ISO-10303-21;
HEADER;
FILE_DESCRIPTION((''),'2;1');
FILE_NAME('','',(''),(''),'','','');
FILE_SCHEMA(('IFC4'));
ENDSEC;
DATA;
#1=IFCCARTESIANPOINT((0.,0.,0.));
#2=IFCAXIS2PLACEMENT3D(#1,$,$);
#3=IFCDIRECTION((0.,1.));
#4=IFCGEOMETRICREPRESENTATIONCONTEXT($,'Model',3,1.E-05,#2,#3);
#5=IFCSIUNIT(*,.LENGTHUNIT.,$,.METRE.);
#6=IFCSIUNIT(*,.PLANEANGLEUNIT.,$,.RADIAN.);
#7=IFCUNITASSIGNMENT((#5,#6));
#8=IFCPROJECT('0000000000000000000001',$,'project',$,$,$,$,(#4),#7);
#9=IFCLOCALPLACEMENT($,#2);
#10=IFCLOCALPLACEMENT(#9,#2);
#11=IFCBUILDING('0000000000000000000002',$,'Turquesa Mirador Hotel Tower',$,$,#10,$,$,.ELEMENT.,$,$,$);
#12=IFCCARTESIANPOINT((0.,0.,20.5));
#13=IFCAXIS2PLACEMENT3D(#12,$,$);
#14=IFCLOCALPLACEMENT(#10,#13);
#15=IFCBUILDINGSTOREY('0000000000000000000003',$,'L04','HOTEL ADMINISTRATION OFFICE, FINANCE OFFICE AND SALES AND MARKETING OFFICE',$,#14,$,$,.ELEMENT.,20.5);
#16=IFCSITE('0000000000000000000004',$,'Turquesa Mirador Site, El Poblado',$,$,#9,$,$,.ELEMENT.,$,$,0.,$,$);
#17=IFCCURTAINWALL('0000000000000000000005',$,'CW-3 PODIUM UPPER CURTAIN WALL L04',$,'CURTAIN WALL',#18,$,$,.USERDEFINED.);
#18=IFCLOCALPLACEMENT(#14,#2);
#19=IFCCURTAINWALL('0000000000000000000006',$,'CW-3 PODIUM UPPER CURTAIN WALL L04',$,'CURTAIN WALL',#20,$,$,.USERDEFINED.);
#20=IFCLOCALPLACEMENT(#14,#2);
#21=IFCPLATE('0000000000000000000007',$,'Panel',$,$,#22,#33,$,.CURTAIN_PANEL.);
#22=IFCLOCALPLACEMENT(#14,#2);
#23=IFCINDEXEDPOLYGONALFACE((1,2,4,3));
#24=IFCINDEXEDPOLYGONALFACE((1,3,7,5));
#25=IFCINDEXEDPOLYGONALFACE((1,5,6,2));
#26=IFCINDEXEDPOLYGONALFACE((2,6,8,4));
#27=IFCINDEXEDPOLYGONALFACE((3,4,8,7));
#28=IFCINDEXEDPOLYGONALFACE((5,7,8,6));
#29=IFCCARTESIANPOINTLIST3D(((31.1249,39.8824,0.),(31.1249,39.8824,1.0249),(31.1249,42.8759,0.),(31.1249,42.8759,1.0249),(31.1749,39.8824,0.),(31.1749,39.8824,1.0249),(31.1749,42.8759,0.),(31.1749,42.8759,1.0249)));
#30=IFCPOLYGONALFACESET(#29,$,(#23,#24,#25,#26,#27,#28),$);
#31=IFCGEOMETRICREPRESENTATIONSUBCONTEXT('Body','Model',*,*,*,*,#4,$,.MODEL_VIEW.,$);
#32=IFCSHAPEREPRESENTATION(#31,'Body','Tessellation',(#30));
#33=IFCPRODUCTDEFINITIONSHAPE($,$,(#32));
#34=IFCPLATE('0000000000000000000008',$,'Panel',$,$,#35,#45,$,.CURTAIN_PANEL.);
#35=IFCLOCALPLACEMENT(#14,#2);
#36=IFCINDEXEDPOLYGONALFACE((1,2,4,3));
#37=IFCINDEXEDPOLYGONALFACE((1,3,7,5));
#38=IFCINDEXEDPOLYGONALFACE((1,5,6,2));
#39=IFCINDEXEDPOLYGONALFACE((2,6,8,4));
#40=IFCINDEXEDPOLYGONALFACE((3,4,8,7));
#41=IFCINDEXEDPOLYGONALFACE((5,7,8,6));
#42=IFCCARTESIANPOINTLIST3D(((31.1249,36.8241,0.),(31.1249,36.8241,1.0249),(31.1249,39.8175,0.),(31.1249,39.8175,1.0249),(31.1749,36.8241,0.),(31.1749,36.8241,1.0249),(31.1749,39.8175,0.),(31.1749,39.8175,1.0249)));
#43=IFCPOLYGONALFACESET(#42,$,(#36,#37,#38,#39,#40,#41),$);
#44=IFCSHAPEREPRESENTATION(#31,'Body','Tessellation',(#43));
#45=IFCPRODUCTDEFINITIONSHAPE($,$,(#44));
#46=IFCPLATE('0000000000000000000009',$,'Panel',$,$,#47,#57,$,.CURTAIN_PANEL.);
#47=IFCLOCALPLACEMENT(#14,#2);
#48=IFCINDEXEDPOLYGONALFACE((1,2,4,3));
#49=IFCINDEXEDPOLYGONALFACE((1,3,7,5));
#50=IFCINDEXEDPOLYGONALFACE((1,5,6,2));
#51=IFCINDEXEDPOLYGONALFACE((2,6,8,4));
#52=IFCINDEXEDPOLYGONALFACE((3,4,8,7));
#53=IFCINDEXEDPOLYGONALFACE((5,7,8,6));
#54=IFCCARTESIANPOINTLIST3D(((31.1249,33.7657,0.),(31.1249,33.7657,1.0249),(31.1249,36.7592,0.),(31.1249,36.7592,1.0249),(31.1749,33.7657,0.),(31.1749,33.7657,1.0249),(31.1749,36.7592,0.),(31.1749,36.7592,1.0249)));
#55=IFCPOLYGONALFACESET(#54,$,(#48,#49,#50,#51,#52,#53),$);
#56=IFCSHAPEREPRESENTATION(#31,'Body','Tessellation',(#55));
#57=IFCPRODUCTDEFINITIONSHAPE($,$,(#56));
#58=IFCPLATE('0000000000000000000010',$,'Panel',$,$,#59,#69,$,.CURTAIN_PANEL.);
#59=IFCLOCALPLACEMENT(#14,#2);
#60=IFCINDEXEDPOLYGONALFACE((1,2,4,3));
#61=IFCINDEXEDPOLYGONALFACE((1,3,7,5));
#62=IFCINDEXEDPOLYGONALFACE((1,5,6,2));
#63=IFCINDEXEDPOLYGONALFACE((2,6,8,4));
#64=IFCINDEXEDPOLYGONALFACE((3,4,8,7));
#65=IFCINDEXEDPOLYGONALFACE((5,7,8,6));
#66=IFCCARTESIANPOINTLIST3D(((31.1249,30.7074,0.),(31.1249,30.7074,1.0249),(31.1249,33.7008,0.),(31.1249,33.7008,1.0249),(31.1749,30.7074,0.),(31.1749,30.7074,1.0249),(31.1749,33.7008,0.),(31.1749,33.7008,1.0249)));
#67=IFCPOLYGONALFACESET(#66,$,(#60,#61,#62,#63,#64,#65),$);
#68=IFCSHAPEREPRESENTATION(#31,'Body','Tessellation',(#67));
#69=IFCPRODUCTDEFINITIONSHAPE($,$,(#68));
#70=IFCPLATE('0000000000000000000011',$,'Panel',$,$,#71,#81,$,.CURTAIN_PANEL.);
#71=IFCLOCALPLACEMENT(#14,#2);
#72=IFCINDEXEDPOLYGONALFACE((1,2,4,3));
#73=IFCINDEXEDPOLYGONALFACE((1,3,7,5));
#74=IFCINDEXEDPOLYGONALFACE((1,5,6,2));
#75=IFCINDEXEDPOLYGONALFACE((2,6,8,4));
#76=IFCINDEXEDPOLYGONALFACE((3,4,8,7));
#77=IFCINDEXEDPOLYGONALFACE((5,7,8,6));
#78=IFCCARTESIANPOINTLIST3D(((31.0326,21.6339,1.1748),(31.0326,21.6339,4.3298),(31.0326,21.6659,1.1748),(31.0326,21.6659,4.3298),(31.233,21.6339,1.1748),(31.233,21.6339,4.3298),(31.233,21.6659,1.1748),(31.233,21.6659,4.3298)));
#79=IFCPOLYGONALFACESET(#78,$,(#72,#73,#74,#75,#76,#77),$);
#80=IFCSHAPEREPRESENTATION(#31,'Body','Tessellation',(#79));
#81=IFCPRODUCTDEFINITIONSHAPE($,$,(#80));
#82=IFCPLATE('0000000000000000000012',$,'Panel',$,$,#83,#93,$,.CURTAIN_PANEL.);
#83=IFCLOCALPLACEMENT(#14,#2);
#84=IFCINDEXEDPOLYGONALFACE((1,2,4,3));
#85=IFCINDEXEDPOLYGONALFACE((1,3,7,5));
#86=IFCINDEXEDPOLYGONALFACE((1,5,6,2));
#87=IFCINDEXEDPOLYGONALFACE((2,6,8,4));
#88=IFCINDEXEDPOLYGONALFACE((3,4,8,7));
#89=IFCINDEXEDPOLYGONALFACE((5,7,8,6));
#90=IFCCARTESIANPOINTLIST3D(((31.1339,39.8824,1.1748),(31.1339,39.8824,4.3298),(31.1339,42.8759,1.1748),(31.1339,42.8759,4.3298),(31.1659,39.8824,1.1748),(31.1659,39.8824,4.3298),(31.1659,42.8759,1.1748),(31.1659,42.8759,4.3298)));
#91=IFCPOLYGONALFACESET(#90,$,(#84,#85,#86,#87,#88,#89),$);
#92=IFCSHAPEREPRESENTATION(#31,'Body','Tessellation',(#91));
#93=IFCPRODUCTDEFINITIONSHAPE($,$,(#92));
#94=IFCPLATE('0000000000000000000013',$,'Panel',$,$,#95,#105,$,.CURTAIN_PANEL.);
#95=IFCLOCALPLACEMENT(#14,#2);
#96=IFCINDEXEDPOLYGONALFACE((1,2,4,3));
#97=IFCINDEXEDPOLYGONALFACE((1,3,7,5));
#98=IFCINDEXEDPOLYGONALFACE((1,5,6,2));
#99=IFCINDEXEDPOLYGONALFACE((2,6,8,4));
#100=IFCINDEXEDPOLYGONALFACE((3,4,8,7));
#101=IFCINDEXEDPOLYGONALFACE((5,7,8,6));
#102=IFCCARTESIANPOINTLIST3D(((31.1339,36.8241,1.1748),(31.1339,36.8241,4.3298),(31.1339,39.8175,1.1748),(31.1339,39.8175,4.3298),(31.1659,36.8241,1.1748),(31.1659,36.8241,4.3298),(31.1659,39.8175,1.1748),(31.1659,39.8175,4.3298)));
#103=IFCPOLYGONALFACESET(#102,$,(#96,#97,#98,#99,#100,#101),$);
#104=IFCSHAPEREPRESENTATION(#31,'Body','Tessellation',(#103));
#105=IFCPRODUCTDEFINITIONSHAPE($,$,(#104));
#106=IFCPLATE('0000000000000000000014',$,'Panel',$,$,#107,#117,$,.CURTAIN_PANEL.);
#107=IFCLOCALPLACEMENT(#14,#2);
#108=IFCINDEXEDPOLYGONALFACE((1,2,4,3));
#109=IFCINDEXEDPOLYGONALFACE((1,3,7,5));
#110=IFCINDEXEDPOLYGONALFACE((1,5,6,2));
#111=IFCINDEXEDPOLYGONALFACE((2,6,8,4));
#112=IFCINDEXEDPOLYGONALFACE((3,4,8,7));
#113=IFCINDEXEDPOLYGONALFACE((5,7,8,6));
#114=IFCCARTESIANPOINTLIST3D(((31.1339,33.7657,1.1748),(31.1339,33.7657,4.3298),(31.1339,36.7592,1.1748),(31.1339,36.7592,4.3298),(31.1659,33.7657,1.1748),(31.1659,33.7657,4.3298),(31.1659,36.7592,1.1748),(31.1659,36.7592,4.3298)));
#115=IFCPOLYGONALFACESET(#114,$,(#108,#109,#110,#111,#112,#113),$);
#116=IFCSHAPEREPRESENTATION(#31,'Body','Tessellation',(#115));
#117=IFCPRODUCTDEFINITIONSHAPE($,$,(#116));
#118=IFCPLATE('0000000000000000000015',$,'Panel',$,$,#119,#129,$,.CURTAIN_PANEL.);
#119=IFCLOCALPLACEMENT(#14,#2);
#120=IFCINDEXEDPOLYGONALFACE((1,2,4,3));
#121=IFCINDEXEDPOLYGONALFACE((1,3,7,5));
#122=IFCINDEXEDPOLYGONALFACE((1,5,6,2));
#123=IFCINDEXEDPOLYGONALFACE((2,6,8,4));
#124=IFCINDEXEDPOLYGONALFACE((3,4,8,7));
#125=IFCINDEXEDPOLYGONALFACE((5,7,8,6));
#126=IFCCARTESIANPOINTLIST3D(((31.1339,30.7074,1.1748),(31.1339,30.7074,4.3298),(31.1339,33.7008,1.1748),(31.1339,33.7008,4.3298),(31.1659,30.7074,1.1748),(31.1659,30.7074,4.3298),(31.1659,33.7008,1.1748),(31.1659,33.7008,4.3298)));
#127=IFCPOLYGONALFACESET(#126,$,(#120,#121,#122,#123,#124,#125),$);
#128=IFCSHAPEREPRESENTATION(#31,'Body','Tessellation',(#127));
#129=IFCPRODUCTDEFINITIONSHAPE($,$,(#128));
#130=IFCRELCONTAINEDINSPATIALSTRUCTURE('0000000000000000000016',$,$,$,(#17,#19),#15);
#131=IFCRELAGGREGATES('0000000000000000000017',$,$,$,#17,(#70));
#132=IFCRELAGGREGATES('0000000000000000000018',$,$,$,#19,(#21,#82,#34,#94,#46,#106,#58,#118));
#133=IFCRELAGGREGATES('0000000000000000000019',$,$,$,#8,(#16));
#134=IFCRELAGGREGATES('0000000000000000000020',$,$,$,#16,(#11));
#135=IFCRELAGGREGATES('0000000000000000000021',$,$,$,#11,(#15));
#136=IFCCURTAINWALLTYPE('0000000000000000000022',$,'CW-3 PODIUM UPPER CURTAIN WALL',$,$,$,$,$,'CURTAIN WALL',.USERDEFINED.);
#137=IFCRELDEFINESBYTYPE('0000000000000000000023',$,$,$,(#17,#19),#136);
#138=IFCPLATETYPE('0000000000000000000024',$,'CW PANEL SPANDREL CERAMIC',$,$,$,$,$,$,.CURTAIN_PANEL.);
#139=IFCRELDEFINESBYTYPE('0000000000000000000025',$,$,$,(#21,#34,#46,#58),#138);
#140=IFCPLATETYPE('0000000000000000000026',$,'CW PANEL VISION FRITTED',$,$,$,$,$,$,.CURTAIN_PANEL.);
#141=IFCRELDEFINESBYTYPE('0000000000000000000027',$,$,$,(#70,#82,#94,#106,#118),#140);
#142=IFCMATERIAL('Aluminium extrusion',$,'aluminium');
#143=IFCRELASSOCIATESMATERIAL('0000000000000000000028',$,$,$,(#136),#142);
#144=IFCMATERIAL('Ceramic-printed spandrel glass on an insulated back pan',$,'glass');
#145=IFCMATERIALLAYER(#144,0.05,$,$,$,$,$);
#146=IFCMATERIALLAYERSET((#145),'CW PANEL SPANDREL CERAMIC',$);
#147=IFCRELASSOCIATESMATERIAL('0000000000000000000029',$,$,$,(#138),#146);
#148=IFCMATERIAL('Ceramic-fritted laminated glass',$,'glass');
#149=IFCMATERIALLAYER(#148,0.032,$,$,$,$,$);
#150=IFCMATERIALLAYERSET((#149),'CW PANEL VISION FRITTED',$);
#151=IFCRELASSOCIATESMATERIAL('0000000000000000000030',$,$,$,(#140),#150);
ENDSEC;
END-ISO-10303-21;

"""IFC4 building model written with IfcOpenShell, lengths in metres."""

from ifc_helpers import new_model, si_unit, direction, frame, origin, origin_2d, place, context, subcontext, project, spatial, rectangle, extrude, material, layer, layer_set, type_object, element, aggregate, save


model = new_model("IFC4")

# Units and contexts
model_context = context("Model", 3, precision=1e-05, world=origin(), true_north=direction((0.0, 1.0)))
body_context = subcontext(model_context, "Body", "Model", "MODEL_VIEW")
ifc_project = project(units=[si_unit("LENGTHUNIT", "METRE"), si_unit("PLANEANGLEUNIT", "RADIAN")], contexts=[model_context])

# Site, building, storey
site_placement = place(None, origin())
site = spatial("IfcSite", under=ifc_project, at=site_placement, Name="Turquesa Mirador Site, El Poblado", CompositionType="ELEMENT", RefElevation=0.0)
building_placement = place(site_placement, origin())
building = spatial("IfcBuilding", under=site, at=building_placement, Name="Turquesa Mirador Hotel Tower", CompositionType="ELEMENT")
storey_placement = place(building_placement, frame((0.0, 0.0, 20.5)))
storey = spatial("IfcBuildingStorey", under=building, at=storey_placement, Name="L04", Description="HOTEL ADMINISTRATION OFFICE, FINANCE OFFICE AND SALES AND MARKETING OFFICE", CompositionType="ELEMENT", Elevation=20.5)

# Curtain walls
ifc_material_1 = material(Name="Aluminium extrusion", Category="aluminium")
curtain_wall_type = type_object("IfcCurtainWallType", Name="CW-3 PODIUM UPPER CURTAIN WALL", ElementType="CURTAIN WALL", PredefinedType="USERDEFINED", material=ifc_material_1)
curtain_wall_1_placement = place(storey_placement, origin())
curtain_wall_1 = element("IfcCurtainWall", 1, at=curtain_wall_1_placement, inside=storey, type_object=curtain_wall_type, Name="CW-3 PODIUM UPPER CURTAIN WALL L04", ObjectType="CURTAIN WALL", PredefinedType="USERDEFINED")
curtain_wall_2_placement = place(storey_placement, origin())
curtain_wall_2 = element("IfcCurtainWall", 2, at=curtain_wall_2_placement, inside=storey, type_object=curtain_wall_type, Name="CW-3 PODIUM UPPER CURTAIN WALL L04", ObjectType="CURTAIN WALL", PredefinedType="USERDEFINED")

# Plates
ifc_material_2 = material(Name="Ceramic-printed spandrel glass on an insulated back pan", Category="glass")
ifc_layer_1 = layer(ifc_material_2, 0.05)
ifc_layer_set_1 = layer_set([ifc_layer_1], Name="CW PANEL SPANDREL CERAMIC")
plate_type_1 = type_object("IfcPlateType", Name="CW PANEL SPANDREL CERAMIC", PredefinedType="CURTAIN_PANEL", material=ifc_layer_set_1)
plate_1_placement = place(storey_placement, frame((31.1499, 41.3792, 0.0), z_axis=(0.0, 0.0, 1.0), x_axis=(0.0, -1.0, 0.0)))
plate_1 = element("IfcPlate", 3, at=plate_1_placement, type_object=plate_type_1, Name="Panel", PredefinedType="CURTAIN_PANEL", context=body_context, shape_type="SweptSolid", body=[
    extrude(rectangle(XDim=2.9934, YDim=0.05, at=origin_2d()), origin(), (0.0, 0.0, 1.0), 1.0249),
])
plate_2_placement = place(storey_placement, frame((31.1499, 38.3208, 0.0), z_axis=(0.0, 0.0, 1.0), x_axis=(0.0, -1.0, 0.0)))
plate_2 = element("IfcPlate", 4, at=plate_2_placement, type_object=plate_type_1, Name="Panel", PredefinedType="CURTAIN_PANEL", context=body_context, shape_type="SweptSolid", body=[
    extrude(rectangle(XDim=2.9934, YDim=0.05, at=origin_2d()), origin(), (0.0, 0.0, 1.0), 1.0249),
])
plate_3_placement = place(storey_placement, frame((31.1499, 35.2625, 0.0), z_axis=(0.0, 0.0, 1.0), x_axis=(0.0, -1.0, 0.0)))
plate_3 = element("IfcPlate", 5, at=plate_3_placement, type_object=plate_type_1, Name="Panel", PredefinedType="CURTAIN_PANEL", context=body_context, shape_type="SweptSolid", body=[
    extrude(rectangle(XDim=2.9934, YDim=0.05, at=origin_2d()), origin(), (0.0, 0.0, 1.0), 1.0249),
])
plate_4_placement = place(storey_placement, frame((31.1499, 32.2041, 0.0), z_axis=(0.0, 0.0, 1.0), x_axis=(0.0, -1.0, 0.0)))
plate_4 = element("IfcPlate", 6, at=plate_4_placement, type_object=plate_type_1, Name="Panel", PredefinedType="CURTAIN_PANEL", context=body_context, shape_type="SweptSolid", body=[
    extrude(rectangle(XDim=2.9934, YDim=0.05, at=origin_2d()), origin(), (0.0, 0.0, 1.0), 1.0249),
])
ifc_material_3 = material(Name="Ceramic-fritted laminated glass", Category="glass")
ifc_layer_2 = layer(ifc_material_3, 0.032)
ifc_layer_set_2 = layer_set([ifc_layer_2], Name="CW PANEL VISION FRITTED")
plate_type_2 = type_object("IfcPlateType", Name="CW PANEL VISION FRITTED", PredefinedType="CURTAIN_PANEL", material=ifc_layer_set_2)
plate_5_placement = place(storey_placement, frame((31.1328, 21.6499, 1.1748), z_axis=(0.0, 0.0, 1.0), x_axis=(1.0, 0.0, 0.0)))
plate_5 = element("IfcPlate", 7, at=plate_5_placement, type_object=plate_type_2, Name="Panel", PredefinedType="CURTAIN_PANEL", context=body_context, shape_type="SweptSolid", body=[
    extrude(rectangle(XDim=0.2004, YDim=0.032, at=origin_2d()), origin(), (0.0, 0.0, 1.0), 3.155),
])
aggregate(curtain_wall_1, [plate_5])
plate_6_placement = place(storey_placement, frame((31.1499, 41.3792, 1.1748), z_axis=(0.0, 0.0, 1.0), x_axis=(0.0, -1.0, 0.0)))
plate_6 = element("IfcPlate", 8, at=plate_6_placement, type_object=plate_type_2, Name="Panel", PredefinedType="CURTAIN_PANEL", context=body_context, shape_type="SweptSolid", body=[
    extrude(rectangle(XDim=2.9934, YDim=0.032, at=origin_2d()), origin(), (0.0, 0.0, 1.0), 3.155),
])
plate_7_placement = place(storey_placement, frame((31.1499, 38.3208, 1.1748), z_axis=(0.0, 0.0, 1.0), x_axis=(0.0, -1.0, 0.0)))
plate_7 = element("IfcPlate", 9, at=plate_7_placement, type_object=plate_type_2, Name="Panel", PredefinedType="CURTAIN_PANEL", context=body_context, shape_type="SweptSolid", body=[
    extrude(rectangle(XDim=2.9934, YDim=0.032, at=origin_2d()), origin(), (0.0, 0.0, 1.0), 3.155),
])
plate_8_placement = place(storey_placement, frame((31.1499, 35.2625, 1.1748), z_axis=(0.0, 0.0, 1.0), x_axis=(0.0, -1.0, 0.0)))
plate_8 = element("IfcPlate", 10, at=plate_8_placement, type_object=plate_type_2, Name="Panel", PredefinedType="CURTAIN_PANEL", context=body_context, shape_type="SweptSolid", body=[
    extrude(rectangle(XDim=2.9934, YDim=0.032, at=origin_2d()), origin(), (0.0, 0.0, 1.0), 3.155),
])
plate_9_placement = place(storey_placement, frame((31.1499, 32.2041, 1.1748), z_axis=(0.0, 0.0, 1.0), x_axis=(0.0, -1.0, 0.0)))
plate_9 = element("IfcPlate", 11, at=plate_9_placement, type_object=plate_type_2, Name="Panel", PredefinedType="CURTAIN_PANEL", context=body_context, shape_type="SweptSolid", body=[
    extrude(rectangle(XDim=2.9934, YDim=0.032, at=origin_2d()), origin(), (0.0, 0.0, 1.0), 3.155),
])
aggregate(curtain_wall_2, [plate_1, plate_6, plate_2, plate_7, plate_3, plate_8, plate_4, plate_9])

save(model, "model.ifc")
